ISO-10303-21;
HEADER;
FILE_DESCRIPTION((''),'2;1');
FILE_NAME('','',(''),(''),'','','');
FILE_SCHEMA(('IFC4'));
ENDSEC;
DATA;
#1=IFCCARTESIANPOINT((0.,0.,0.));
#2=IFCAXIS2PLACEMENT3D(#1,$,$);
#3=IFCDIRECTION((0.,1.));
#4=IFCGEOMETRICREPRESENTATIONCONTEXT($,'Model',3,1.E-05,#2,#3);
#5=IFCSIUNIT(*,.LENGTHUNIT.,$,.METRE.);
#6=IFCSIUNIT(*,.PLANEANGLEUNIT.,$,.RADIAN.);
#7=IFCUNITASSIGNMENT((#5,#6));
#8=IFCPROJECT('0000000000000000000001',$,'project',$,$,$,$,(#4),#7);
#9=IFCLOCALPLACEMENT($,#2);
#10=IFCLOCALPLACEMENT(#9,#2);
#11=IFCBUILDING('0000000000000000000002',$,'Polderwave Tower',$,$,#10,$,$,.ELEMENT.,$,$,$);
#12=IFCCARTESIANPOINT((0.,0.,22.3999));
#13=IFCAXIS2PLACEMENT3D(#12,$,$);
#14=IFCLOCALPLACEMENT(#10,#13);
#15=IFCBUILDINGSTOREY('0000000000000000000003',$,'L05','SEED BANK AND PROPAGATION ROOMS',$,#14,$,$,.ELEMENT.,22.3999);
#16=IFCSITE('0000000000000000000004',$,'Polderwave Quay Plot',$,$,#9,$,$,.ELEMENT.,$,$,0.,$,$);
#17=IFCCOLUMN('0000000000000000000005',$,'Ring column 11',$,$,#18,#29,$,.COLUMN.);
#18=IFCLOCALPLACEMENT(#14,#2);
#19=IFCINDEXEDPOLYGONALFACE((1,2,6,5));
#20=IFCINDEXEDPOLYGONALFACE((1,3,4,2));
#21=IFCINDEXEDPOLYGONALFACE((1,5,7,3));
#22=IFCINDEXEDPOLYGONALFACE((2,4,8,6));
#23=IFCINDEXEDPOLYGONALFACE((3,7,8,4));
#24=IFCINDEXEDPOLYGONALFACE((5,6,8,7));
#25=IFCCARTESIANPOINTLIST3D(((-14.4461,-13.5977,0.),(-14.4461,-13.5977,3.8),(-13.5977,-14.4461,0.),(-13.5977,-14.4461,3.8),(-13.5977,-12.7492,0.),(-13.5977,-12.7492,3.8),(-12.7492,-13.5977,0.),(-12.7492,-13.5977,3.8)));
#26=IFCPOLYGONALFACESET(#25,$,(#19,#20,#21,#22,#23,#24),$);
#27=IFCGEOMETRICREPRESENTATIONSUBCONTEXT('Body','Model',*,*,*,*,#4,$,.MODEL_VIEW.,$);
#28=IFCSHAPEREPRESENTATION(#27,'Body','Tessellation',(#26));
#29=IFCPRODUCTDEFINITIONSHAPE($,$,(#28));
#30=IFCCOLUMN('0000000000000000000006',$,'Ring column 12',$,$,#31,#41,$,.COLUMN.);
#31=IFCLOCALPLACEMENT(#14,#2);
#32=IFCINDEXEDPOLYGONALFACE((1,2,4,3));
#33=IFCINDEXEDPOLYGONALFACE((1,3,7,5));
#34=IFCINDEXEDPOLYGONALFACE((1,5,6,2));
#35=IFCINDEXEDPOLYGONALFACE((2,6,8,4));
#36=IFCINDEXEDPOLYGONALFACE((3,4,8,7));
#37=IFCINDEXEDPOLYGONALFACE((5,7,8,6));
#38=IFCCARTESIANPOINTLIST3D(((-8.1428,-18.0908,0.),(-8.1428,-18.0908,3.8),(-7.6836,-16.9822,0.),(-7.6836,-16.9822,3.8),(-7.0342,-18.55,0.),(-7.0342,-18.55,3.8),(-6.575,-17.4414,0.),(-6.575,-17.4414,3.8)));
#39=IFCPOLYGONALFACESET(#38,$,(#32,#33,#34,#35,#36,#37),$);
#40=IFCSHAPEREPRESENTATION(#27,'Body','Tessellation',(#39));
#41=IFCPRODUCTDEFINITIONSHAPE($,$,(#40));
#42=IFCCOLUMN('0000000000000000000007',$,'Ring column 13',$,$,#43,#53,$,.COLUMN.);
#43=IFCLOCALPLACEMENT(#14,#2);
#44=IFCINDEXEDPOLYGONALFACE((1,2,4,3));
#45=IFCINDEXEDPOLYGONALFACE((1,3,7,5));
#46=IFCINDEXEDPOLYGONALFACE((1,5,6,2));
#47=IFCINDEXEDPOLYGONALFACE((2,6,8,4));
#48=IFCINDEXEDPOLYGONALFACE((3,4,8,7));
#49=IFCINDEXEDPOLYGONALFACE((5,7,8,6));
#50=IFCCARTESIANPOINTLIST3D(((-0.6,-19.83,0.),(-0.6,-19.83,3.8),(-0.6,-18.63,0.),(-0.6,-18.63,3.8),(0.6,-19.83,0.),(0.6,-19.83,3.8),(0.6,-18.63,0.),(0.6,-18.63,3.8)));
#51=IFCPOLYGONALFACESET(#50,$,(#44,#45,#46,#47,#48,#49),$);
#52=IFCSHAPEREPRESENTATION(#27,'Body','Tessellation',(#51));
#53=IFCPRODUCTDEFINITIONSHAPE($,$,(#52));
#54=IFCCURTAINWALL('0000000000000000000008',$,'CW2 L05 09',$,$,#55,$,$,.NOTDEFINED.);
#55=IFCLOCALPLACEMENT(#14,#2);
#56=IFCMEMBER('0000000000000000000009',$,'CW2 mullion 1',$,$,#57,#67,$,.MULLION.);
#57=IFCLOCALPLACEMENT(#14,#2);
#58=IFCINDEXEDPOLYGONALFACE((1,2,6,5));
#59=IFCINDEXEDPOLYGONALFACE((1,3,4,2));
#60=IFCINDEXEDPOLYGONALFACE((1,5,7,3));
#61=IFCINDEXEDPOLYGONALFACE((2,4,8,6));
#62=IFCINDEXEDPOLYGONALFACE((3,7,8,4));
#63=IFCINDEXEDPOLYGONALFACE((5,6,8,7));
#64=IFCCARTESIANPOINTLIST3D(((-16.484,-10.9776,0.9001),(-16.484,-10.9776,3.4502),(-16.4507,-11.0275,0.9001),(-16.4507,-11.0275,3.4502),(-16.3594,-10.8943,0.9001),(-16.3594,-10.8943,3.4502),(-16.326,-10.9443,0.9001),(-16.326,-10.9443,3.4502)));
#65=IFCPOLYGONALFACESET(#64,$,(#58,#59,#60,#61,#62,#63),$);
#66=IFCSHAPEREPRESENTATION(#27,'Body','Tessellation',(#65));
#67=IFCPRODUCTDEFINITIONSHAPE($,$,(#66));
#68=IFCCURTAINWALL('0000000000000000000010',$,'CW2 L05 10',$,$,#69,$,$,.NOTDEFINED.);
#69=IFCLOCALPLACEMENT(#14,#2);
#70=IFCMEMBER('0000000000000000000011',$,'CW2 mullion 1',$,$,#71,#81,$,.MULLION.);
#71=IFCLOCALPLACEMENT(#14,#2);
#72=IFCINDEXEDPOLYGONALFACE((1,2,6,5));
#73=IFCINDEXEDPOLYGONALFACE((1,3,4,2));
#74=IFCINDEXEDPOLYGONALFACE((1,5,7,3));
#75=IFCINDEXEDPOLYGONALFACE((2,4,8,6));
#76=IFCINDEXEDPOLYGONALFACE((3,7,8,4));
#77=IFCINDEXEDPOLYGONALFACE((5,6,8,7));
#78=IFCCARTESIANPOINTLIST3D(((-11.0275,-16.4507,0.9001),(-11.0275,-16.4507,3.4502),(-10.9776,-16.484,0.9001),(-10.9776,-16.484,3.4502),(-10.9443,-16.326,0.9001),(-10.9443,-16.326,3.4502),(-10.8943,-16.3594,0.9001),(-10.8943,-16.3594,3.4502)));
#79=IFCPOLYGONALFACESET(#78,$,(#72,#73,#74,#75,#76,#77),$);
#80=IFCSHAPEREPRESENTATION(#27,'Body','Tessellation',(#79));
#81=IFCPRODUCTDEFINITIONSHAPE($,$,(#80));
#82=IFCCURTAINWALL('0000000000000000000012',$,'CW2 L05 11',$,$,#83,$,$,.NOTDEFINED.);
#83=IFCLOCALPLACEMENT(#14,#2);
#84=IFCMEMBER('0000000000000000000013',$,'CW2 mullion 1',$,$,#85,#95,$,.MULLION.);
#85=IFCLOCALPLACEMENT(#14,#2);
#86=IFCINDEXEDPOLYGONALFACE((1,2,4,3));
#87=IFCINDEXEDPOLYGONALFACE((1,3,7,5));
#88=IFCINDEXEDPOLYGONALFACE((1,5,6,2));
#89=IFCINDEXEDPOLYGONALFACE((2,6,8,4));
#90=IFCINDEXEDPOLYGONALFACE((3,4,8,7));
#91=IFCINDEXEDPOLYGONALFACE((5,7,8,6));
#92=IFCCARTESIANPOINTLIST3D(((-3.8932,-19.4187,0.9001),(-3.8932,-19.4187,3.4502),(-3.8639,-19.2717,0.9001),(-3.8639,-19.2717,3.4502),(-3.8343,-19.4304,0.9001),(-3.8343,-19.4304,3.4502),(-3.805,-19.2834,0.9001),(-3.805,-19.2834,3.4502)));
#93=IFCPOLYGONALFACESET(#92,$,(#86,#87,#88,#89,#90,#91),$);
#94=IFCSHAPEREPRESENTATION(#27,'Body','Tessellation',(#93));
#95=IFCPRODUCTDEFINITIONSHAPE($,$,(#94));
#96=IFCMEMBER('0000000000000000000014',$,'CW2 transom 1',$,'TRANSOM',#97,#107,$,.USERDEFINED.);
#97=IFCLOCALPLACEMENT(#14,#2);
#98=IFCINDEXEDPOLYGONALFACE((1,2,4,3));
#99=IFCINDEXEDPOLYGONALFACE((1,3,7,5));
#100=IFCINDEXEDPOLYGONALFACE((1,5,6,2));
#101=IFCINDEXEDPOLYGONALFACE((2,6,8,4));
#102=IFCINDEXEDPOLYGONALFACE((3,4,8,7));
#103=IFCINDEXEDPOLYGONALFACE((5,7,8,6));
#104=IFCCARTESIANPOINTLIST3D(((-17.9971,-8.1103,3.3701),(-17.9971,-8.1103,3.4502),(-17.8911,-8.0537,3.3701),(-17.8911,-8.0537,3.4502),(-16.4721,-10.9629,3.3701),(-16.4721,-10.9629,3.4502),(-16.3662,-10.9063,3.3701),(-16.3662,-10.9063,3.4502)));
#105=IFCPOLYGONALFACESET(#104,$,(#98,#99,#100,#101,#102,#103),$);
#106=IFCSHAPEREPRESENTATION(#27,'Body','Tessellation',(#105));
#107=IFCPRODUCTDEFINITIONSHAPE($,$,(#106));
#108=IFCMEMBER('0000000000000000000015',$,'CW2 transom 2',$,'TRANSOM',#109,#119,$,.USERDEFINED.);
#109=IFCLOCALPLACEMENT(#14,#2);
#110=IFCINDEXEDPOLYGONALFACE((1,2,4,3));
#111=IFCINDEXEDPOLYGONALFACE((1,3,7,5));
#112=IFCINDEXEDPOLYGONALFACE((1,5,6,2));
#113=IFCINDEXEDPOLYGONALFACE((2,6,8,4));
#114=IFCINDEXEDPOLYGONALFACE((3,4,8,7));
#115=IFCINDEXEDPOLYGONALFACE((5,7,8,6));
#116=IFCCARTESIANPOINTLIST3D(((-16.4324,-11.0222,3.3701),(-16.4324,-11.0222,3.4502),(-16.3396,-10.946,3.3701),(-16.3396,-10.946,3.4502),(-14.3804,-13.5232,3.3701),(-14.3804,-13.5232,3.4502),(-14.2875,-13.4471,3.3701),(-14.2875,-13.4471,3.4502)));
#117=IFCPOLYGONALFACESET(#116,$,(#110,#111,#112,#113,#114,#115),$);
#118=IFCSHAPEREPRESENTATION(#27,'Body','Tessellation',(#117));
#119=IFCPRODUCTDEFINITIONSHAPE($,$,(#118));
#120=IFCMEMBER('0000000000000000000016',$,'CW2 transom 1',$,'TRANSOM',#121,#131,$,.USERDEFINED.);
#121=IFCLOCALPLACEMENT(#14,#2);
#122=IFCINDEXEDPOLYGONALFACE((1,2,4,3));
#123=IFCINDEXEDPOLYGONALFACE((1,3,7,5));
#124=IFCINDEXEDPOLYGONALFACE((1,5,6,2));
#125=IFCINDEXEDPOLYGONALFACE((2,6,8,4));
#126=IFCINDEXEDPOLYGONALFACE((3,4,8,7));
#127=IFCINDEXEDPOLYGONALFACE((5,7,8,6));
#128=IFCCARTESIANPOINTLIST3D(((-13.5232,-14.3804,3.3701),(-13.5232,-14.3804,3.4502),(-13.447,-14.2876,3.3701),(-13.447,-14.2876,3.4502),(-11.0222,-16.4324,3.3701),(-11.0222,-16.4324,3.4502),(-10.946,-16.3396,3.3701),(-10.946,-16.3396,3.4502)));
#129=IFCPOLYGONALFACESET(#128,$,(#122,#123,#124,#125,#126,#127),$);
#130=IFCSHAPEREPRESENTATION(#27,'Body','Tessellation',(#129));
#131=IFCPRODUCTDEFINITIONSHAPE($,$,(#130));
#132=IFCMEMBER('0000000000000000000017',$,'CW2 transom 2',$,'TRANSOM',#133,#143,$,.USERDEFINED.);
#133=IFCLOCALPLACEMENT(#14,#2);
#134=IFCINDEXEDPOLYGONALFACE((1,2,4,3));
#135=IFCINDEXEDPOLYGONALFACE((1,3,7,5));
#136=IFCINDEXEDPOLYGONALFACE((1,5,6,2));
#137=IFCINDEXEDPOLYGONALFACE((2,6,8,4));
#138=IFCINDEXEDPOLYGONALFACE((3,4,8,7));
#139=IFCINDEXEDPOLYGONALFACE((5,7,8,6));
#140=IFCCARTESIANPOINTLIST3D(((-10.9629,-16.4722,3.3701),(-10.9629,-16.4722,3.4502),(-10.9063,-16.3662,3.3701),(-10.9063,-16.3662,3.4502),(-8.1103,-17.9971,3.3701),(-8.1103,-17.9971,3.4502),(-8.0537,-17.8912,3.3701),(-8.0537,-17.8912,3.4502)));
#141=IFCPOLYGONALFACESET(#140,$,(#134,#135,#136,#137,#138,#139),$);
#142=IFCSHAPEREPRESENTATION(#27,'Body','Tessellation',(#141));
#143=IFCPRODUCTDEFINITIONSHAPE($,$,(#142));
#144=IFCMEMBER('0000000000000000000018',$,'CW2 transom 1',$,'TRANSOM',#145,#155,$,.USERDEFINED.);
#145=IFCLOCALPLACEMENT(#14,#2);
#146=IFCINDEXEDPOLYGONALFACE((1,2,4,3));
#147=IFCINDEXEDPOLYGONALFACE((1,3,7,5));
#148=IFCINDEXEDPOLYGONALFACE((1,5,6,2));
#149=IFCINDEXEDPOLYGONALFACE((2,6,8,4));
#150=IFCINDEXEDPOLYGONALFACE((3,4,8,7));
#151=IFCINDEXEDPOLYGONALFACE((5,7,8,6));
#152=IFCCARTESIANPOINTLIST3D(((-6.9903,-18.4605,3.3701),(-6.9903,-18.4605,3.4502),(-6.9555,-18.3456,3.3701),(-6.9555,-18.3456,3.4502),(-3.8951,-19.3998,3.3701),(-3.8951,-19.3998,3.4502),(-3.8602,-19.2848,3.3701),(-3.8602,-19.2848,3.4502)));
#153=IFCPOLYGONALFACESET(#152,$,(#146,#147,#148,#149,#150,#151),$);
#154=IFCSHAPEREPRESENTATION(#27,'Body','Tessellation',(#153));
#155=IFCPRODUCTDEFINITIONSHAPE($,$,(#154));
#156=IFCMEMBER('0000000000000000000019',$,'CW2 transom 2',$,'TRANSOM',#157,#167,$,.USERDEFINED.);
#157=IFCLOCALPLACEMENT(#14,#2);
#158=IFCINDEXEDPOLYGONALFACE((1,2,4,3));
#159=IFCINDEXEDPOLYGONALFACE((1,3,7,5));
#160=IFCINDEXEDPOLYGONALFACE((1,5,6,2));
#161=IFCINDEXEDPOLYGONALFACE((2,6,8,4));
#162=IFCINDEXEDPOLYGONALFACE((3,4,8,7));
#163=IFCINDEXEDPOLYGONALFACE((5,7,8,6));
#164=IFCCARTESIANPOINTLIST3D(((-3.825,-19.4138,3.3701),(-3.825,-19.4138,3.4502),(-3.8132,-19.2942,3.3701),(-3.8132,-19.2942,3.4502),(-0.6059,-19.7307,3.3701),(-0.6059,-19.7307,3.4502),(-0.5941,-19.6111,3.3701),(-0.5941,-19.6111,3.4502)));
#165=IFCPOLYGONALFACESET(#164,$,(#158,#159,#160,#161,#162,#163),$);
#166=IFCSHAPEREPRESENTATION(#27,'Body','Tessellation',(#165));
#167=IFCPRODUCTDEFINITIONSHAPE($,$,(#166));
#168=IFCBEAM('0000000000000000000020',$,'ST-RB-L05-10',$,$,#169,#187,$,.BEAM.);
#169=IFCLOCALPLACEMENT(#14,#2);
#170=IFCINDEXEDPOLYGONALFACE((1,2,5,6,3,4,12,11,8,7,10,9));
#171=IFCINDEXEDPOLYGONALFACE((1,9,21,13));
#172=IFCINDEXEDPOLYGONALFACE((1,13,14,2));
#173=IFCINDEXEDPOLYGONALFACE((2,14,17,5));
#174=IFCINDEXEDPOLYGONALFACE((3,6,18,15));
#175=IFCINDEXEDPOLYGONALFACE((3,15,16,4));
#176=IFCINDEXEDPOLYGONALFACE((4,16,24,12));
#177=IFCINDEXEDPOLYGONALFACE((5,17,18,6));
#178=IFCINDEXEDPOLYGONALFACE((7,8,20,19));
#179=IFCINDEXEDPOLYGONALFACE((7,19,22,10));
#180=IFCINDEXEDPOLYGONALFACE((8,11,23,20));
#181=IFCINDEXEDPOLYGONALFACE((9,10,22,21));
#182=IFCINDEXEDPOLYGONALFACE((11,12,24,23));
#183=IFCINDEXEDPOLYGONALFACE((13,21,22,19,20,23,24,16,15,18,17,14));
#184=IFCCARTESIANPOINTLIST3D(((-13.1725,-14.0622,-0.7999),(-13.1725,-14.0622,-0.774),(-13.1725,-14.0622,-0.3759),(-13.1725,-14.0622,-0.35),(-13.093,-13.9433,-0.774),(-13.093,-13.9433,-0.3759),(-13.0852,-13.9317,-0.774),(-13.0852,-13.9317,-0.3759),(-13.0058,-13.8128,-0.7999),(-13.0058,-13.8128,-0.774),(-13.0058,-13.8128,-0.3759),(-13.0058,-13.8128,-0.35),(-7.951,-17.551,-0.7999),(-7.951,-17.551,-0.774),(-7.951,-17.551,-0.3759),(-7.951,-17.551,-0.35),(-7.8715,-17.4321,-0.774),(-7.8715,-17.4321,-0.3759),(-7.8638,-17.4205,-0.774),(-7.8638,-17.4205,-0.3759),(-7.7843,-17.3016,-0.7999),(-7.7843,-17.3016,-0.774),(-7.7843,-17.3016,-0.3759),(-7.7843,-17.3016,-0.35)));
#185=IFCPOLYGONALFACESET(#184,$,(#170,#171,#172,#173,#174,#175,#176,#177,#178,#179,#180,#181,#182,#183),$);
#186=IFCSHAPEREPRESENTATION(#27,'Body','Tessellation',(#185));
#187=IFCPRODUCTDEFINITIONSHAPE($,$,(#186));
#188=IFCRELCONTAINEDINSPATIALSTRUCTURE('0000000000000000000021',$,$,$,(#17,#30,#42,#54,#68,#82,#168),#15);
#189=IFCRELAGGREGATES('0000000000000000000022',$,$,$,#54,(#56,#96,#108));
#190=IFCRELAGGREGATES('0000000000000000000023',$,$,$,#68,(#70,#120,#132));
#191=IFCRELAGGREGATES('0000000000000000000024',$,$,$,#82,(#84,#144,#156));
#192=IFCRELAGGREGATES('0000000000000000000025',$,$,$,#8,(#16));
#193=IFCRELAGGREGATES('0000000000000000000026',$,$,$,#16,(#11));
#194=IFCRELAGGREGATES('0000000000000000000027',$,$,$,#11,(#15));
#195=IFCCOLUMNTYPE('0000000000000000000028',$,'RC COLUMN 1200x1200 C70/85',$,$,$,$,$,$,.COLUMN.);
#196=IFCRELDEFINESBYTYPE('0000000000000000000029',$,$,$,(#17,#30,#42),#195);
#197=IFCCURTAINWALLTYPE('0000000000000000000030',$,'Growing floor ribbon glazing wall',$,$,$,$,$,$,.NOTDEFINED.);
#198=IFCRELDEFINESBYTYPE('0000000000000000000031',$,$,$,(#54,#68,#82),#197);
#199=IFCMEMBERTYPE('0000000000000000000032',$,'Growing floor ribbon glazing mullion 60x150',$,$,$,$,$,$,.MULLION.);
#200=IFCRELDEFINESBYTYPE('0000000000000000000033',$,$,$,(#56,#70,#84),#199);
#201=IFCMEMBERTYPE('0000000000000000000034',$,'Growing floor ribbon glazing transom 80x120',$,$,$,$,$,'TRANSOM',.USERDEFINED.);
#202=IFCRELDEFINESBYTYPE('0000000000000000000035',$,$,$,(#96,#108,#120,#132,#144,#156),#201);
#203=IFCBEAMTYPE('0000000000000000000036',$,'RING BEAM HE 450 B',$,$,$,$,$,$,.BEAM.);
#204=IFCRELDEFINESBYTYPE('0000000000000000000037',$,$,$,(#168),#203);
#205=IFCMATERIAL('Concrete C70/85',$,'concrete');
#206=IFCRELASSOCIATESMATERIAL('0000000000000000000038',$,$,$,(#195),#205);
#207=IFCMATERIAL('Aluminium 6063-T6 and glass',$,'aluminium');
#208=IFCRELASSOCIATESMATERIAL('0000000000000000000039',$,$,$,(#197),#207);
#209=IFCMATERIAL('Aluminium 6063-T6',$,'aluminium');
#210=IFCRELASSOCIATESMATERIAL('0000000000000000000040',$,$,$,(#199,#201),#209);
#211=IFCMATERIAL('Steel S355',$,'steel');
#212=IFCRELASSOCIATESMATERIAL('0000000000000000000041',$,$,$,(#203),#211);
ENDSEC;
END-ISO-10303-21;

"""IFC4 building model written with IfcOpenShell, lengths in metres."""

from ifc_helpers import new_model, si_unit, direction, frame, origin, origin_2d, place, context, subcontext, project, spatial, rectangle, i_section, extrude, material, material_profile, profile_set, type_object, element, aggregate, save


model = new_model("IFC4")

# Units and contexts
model_context = context("Model", 3, precision=1e-05, world=origin(), true_north=direction((0.0, 1.0)))
body_context = subcontext(model_context, "Body", "Model", "MODEL_VIEW")
ifc_project = project(units=[si_unit("LENGTHUNIT", "METRE"), si_unit("PLANEANGLEUNIT", "RADIAN")], contexts=[model_context])

# Site, building, storey
site_placement = place(None, origin())
site = spatial("IfcSite", under=ifc_project, at=site_placement, Name="Polderwave Quay Plot", CompositionType="ELEMENT", RefElevation=0.0)
building_placement = place(site_placement, origin())
building = spatial("IfcBuilding", under=site, at=building_placement, Name="Polderwave Tower", CompositionType="ELEMENT")
storey_placement = place(building_placement, frame((0.0, 0.0, 22.3999)))
storey = spatial("IfcBuildingStorey", under=building, at=storey_placement, Name="L05", Description="SEED BANK AND PROPAGATION ROOMS", CompositionType="ELEMENT", Elevation=22.3999)

# Columns
ifc_material_1 = material(Name="Concrete C70/85", Category="concrete")
ifc_material_profile_1 = material_profile(ifc_material_1, rectangle(XDim=1.2, YDim=1.2, at=origin_2d()), Name="RC 1200x1200")
ifc_profile_set_1 = profile_set([ifc_material_profile_1], Name="Concrete C70/85")
column_type = type_object("IfcColumnType", Name="RC COLUMN 1200x1200 C70/85", PredefinedType="COLUMN", material=ifc_profile_set_1)
for number, where, z_axis, x_axis, name in (
    (1, (-13.5977, -13.5977, 0.0), (0.0, 0.0, 1.0), (-0.707107, -0.707107, 0.0), "Ring column 11"),
    (2, (-7.3589, -17.7661, 0.0), (0.0, 0.0, 1.0), (-0.382683, -0.92388, 0.0), "Ring column 12"),
    (3, (0.0, -19.23, 0.0), (0.0, 0.0, 1.0), (0.0, -1.0, 0.0), "Ring column 13"),
):
    element("IfcColumn", number, at=place(storey_placement, frame(where, z_axis=z_axis, x_axis=x_axis)), inside=storey, type_object=column_type, Name=name, PredefinedType="COLUMN", context=body_context, shape_type="SweptSolid", body=[
        extrude(rectangle(XDim=1.2, YDim=1.2, at=origin_2d()), origin(), (0.0, 0.0, 1.0), 3.8),
    ])

# Curtain walls, members
ifc_material_2 = material(Name="Aluminium 6063-T6 and glass", Category="aluminium")
curtain_wall_type = type_object("IfcCurtainWallType", Name="Growing floor ribbon glazing wall", PredefinedType="NOTDEFINED", material=ifc_material_2)
curtain_wall_1_placement = place(storey_placement, origin())
curtain_wall_1 = element("IfcCurtainWall", 4, at=curtain_wall_1_placement, inside=storey, type_object=curtain_wall_type, Name="CW2 L05 09", PredefinedType="NOTDEFINED")
ifc_material_3 = material(Name="Aluminium 6063-T6", Category="aluminium")
ifc_material_profile_2 = material_profile(ifc_material_3, rectangle(XDim=0.1499, YDim=0.0601, at=origin_2d()), Name="AL 60x150")
ifc_profile_set_2 = profile_set([ifc_material_profile_2], Name="Aluminium 6063-T6")
member_type_1 = type_object("IfcMemberType", Name="Growing floor ribbon glazing mullion 60x150", PredefinedType="MULLION", material=ifc_profile_set_2)
member_1_placement = place(storey_placement, frame((-16.405, -10.9609, 0.9001), z_axis=(0.0, 0.0, 1.0), x_axis=(0.831485, 0.555547, 0.0)))
member_1 = element("IfcMember", 5, at=member_1_placement, type_object=member_type_1, Name="CW2 mullion 1", PredefinedType="MULLION", context=body_context, shape_type="SweptSolid", body=[
    extrude(rectangle(XDim=0.1499, YDim=0.0601, at=origin_2d()), origin(), (0.0, 0.0, 1.0), 2.55),
])
curtain_wall_2_placement = place(storey_placement, origin())
curtain_wall_2 = element("IfcCurtainWall", 6, at=curtain_wall_2_placement, inside=storey, type_object=curtain_wall_type, Name="CW2 L05 10", PredefinedType="NOTDEFINED")
member_2_placement = place(storey_placement, frame((-10.9609, -16.405, 0.9001), z_axis=(0.0, 0.0, 1.0), x_axis=(0.555547, 0.831485, 0.0)))
member_2 = element("IfcMember", 7, at=member_2_placement, type_object=member_type_1, Name="CW2 mullion 1", PredefinedType="MULLION", context=body_context, shape_type="SweptSolid", body=[
    extrude(rectangle(XDim=0.1499, YDim=0.0601, at=origin_2d()), origin(), (0.0, 0.0, 1.0), 2.55),
])
curtain_wall_3_placement = place(storey_placement, origin())
curtain_wall_3 = element("IfcCurtainWall", 8, at=curtain_wall_3_placement, inside=storey, type_object=curtain_wall_type, Name="CW2 L05 11", PredefinedType="NOTDEFINED")
member_3_placement = place(storey_placement, frame((-3.8491, -19.3511, 0.9001), z_axis=(0.0, 0.0, 1.0), x_axis=(0.19514, 0.980775, 0.0)))
member_3 = element("IfcMember", 9, at=member_3_placement, type_object=member_type_1, Name="CW2 mullion 1", PredefinedType="MULLION", context=body_context, shape_type="SweptSolid", body=[
    extrude(rectangle(XDim=0.1499, YDim=0.0601, at=origin_2d()), origin(), (0.0, 0.0, 1.0), 2.55),
])

# Members
ifc_material_profile_3 = material_profile(ifc_material_3, rectangle(XDim=0.1201, YDim=0.0801, at=origin_2d()), Name="AL 80x120")
ifc_profile_set_3 = profile_set([ifc_material_profile_3], Name="Aluminium 6063-T6")
member_type_2 = type_object("IfcMemberType", Name="Growing floor ribbon glazing transom 80x120", ElementType="TRANSOM", PredefinedType="USERDEFINED", material=ifc_profile_set_3)
member_4_placement = place(storey_placement, frame((-17.9441, -8.082, 3.4102), z_axis=(0.471442, -0.881897, 0.0), x_axis=(0.881897, 0.471442, 0.0)))
member_4 = element("IfcMember", 10, at=member_4_placement, type_object=member_type_2, Name="CW2 transom 1", ObjectType="TRANSOM", PredefinedType="USERDEFINED", context=body_context, shape_type="SweptSolid", body=[
    extrude(rectangle(XDim=0.1201, YDim=0.0801, at=origin_2d()), origin(), (0.0, 0.0, 1.0), 3.2346),
])
member_5_placement = place(storey_placement, frame((-16.386, -10.9841, 3.4102), z_axis=(0.634302, -0.773086, 0.0), x_axis=(0.773086, 0.634302, 0.0)))
member_5 = element("IfcMember", 11, at=member_5_placement, type_object=member_type_2, Name="CW2 transom 2", ObjectType="TRANSOM", PredefinedType="USERDEFINED", context=body_context, shape_type="SweptSolid", body=[
    extrude(rectangle(XDim=0.1201, YDim=0.0801, at=origin_2d()), origin(), (0.0, 0.0, 1.0), 3.2351),
])
member_6_placement = place(storey_placement, frame((-13.4851, -14.334, 3.4102), z_axis=(0.773086, -0.634302, 0.0), x_axis=(0.634302, 0.773086, 0.0)))
member_6 = element("IfcMember", 12, at=member_6_placement, type_object=member_type_2, Name="CW2 transom 1", ObjectType="TRANSOM", PredefinedType="USERDEFINED", context=body_context, shape_type="SweptSolid", body=[
    extrude(rectangle(XDim=0.1201, YDim=0.0801, at=origin_2d()), origin(), (0.0, 0.0, 1.0), 3.2351),
])
member_7_placement = place(storey_placement, frame((-10.9346, -16.4192, 3.4102), z_axis=(0.881897, -0.471442, 0.0), x_axis=(0.471442, 0.881897, 0.0)))
member_7 = element("IfcMember", 13, at=member_7_placement, type_object=member_type_2, Name="CW2 transom 2", ObjectType="TRANSOM", PredefinedType="USERDEFINED", context=body_context, shape_type="SweptSolid", body=[
    extrude(rectangle(XDim=0.1201, YDim=0.0801, at=origin_2d()), origin(), (0.0, 0.0, 1.0), 3.2346),
])
member_8_placement = place(storey_placement, frame((-6.9729, -18.4031, 3.4102), z_axis=(0.956916, -0.290366, 0.0), x_axis=(0.290366, 0.956916, 0.0)))
member_8 = element("IfcMember", 14, at=member_8_placement, type_object=member_type_2, Name="CW2 transom 1", ObjectType="TRANSOM", PredefinedType="USERDEFINED", context=body_context, shape_type="SweptSolid", body=[
    extrude(rectangle(XDim=0.1201, YDim=0.0801, at=origin_2d()), origin(), (0.0, 0.0, 1.0), 3.2346),
])
member_9_placement = place(storey_placement, frame((-3.8191, -19.354, 3.4102), z_axis=(0.995189, -0.097972, 0.0), x_axis=(0.097972, 0.995189, 0.0)))
member_9 = element("IfcMember", 15, at=member_9_placement, type_object=member_type_2, Name="CW2 transom 2", ObjectType="TRANSOM", PredefinedType="USERDEFINED", context=body_context, shape_type="SweptSolid", body=[
    extrude(rectangle(XDim=0.1201, YDim=0.0801, at=origin_2d()), origin(), (0.0, 0.0, 1.0), 3.2346),
])

# Beam
ifc_material_4 = material(Name="Steel S355", Category="steel")
ifc_material_profile_4 = material_profile(ifc_material_4, i_section(OverallWidth=0.3, OverallDepth=0.45, WebThickness=0.0139, FlangeThickness=0.0259, at=origin_2d()), Name="HE 450 B")
ifc_profile_set_4 = profile_set([ifc_material_profile_4], Name="Steel S355")
beam_type = type_object("IfcBeamType", Name="RING BEAM HE 450 B", PredefinedType="BEAM", material=ifc_profile_set_4)
beam_1_placement = place(storey_placement, frame((-13.0891, -13.9375, -0.575), z_axis=(0.831476, -0.555561, 0.0), x_axis=(0.555561, 0.831476, 0.0)))
element("IfcBeam", 16, at=beam_1_placement, inside=storey, type_object=beam_type, Name="ST-RB-L05-10", PredefinedType="BEAM", context=body_context, shape_type="SweptSolid", body=[
    extrude(i_section(OverallWidth=0.3, OverallDepth=0.45, WebThickness=0.0139, FlangeThickness=0.0259, at=origin_2d()), origin(), (0.0, 0.0, 1.0), 6.2798),
])

aggregate(curtain_wall_1, [member_1, member_4, member_5])
aggregate(curtain_wall_2, [member_2, member_6, member_7])
aggregate(curtain_wall_3, [member_3, member_8, member_9])

save(model, "model.ifc")
